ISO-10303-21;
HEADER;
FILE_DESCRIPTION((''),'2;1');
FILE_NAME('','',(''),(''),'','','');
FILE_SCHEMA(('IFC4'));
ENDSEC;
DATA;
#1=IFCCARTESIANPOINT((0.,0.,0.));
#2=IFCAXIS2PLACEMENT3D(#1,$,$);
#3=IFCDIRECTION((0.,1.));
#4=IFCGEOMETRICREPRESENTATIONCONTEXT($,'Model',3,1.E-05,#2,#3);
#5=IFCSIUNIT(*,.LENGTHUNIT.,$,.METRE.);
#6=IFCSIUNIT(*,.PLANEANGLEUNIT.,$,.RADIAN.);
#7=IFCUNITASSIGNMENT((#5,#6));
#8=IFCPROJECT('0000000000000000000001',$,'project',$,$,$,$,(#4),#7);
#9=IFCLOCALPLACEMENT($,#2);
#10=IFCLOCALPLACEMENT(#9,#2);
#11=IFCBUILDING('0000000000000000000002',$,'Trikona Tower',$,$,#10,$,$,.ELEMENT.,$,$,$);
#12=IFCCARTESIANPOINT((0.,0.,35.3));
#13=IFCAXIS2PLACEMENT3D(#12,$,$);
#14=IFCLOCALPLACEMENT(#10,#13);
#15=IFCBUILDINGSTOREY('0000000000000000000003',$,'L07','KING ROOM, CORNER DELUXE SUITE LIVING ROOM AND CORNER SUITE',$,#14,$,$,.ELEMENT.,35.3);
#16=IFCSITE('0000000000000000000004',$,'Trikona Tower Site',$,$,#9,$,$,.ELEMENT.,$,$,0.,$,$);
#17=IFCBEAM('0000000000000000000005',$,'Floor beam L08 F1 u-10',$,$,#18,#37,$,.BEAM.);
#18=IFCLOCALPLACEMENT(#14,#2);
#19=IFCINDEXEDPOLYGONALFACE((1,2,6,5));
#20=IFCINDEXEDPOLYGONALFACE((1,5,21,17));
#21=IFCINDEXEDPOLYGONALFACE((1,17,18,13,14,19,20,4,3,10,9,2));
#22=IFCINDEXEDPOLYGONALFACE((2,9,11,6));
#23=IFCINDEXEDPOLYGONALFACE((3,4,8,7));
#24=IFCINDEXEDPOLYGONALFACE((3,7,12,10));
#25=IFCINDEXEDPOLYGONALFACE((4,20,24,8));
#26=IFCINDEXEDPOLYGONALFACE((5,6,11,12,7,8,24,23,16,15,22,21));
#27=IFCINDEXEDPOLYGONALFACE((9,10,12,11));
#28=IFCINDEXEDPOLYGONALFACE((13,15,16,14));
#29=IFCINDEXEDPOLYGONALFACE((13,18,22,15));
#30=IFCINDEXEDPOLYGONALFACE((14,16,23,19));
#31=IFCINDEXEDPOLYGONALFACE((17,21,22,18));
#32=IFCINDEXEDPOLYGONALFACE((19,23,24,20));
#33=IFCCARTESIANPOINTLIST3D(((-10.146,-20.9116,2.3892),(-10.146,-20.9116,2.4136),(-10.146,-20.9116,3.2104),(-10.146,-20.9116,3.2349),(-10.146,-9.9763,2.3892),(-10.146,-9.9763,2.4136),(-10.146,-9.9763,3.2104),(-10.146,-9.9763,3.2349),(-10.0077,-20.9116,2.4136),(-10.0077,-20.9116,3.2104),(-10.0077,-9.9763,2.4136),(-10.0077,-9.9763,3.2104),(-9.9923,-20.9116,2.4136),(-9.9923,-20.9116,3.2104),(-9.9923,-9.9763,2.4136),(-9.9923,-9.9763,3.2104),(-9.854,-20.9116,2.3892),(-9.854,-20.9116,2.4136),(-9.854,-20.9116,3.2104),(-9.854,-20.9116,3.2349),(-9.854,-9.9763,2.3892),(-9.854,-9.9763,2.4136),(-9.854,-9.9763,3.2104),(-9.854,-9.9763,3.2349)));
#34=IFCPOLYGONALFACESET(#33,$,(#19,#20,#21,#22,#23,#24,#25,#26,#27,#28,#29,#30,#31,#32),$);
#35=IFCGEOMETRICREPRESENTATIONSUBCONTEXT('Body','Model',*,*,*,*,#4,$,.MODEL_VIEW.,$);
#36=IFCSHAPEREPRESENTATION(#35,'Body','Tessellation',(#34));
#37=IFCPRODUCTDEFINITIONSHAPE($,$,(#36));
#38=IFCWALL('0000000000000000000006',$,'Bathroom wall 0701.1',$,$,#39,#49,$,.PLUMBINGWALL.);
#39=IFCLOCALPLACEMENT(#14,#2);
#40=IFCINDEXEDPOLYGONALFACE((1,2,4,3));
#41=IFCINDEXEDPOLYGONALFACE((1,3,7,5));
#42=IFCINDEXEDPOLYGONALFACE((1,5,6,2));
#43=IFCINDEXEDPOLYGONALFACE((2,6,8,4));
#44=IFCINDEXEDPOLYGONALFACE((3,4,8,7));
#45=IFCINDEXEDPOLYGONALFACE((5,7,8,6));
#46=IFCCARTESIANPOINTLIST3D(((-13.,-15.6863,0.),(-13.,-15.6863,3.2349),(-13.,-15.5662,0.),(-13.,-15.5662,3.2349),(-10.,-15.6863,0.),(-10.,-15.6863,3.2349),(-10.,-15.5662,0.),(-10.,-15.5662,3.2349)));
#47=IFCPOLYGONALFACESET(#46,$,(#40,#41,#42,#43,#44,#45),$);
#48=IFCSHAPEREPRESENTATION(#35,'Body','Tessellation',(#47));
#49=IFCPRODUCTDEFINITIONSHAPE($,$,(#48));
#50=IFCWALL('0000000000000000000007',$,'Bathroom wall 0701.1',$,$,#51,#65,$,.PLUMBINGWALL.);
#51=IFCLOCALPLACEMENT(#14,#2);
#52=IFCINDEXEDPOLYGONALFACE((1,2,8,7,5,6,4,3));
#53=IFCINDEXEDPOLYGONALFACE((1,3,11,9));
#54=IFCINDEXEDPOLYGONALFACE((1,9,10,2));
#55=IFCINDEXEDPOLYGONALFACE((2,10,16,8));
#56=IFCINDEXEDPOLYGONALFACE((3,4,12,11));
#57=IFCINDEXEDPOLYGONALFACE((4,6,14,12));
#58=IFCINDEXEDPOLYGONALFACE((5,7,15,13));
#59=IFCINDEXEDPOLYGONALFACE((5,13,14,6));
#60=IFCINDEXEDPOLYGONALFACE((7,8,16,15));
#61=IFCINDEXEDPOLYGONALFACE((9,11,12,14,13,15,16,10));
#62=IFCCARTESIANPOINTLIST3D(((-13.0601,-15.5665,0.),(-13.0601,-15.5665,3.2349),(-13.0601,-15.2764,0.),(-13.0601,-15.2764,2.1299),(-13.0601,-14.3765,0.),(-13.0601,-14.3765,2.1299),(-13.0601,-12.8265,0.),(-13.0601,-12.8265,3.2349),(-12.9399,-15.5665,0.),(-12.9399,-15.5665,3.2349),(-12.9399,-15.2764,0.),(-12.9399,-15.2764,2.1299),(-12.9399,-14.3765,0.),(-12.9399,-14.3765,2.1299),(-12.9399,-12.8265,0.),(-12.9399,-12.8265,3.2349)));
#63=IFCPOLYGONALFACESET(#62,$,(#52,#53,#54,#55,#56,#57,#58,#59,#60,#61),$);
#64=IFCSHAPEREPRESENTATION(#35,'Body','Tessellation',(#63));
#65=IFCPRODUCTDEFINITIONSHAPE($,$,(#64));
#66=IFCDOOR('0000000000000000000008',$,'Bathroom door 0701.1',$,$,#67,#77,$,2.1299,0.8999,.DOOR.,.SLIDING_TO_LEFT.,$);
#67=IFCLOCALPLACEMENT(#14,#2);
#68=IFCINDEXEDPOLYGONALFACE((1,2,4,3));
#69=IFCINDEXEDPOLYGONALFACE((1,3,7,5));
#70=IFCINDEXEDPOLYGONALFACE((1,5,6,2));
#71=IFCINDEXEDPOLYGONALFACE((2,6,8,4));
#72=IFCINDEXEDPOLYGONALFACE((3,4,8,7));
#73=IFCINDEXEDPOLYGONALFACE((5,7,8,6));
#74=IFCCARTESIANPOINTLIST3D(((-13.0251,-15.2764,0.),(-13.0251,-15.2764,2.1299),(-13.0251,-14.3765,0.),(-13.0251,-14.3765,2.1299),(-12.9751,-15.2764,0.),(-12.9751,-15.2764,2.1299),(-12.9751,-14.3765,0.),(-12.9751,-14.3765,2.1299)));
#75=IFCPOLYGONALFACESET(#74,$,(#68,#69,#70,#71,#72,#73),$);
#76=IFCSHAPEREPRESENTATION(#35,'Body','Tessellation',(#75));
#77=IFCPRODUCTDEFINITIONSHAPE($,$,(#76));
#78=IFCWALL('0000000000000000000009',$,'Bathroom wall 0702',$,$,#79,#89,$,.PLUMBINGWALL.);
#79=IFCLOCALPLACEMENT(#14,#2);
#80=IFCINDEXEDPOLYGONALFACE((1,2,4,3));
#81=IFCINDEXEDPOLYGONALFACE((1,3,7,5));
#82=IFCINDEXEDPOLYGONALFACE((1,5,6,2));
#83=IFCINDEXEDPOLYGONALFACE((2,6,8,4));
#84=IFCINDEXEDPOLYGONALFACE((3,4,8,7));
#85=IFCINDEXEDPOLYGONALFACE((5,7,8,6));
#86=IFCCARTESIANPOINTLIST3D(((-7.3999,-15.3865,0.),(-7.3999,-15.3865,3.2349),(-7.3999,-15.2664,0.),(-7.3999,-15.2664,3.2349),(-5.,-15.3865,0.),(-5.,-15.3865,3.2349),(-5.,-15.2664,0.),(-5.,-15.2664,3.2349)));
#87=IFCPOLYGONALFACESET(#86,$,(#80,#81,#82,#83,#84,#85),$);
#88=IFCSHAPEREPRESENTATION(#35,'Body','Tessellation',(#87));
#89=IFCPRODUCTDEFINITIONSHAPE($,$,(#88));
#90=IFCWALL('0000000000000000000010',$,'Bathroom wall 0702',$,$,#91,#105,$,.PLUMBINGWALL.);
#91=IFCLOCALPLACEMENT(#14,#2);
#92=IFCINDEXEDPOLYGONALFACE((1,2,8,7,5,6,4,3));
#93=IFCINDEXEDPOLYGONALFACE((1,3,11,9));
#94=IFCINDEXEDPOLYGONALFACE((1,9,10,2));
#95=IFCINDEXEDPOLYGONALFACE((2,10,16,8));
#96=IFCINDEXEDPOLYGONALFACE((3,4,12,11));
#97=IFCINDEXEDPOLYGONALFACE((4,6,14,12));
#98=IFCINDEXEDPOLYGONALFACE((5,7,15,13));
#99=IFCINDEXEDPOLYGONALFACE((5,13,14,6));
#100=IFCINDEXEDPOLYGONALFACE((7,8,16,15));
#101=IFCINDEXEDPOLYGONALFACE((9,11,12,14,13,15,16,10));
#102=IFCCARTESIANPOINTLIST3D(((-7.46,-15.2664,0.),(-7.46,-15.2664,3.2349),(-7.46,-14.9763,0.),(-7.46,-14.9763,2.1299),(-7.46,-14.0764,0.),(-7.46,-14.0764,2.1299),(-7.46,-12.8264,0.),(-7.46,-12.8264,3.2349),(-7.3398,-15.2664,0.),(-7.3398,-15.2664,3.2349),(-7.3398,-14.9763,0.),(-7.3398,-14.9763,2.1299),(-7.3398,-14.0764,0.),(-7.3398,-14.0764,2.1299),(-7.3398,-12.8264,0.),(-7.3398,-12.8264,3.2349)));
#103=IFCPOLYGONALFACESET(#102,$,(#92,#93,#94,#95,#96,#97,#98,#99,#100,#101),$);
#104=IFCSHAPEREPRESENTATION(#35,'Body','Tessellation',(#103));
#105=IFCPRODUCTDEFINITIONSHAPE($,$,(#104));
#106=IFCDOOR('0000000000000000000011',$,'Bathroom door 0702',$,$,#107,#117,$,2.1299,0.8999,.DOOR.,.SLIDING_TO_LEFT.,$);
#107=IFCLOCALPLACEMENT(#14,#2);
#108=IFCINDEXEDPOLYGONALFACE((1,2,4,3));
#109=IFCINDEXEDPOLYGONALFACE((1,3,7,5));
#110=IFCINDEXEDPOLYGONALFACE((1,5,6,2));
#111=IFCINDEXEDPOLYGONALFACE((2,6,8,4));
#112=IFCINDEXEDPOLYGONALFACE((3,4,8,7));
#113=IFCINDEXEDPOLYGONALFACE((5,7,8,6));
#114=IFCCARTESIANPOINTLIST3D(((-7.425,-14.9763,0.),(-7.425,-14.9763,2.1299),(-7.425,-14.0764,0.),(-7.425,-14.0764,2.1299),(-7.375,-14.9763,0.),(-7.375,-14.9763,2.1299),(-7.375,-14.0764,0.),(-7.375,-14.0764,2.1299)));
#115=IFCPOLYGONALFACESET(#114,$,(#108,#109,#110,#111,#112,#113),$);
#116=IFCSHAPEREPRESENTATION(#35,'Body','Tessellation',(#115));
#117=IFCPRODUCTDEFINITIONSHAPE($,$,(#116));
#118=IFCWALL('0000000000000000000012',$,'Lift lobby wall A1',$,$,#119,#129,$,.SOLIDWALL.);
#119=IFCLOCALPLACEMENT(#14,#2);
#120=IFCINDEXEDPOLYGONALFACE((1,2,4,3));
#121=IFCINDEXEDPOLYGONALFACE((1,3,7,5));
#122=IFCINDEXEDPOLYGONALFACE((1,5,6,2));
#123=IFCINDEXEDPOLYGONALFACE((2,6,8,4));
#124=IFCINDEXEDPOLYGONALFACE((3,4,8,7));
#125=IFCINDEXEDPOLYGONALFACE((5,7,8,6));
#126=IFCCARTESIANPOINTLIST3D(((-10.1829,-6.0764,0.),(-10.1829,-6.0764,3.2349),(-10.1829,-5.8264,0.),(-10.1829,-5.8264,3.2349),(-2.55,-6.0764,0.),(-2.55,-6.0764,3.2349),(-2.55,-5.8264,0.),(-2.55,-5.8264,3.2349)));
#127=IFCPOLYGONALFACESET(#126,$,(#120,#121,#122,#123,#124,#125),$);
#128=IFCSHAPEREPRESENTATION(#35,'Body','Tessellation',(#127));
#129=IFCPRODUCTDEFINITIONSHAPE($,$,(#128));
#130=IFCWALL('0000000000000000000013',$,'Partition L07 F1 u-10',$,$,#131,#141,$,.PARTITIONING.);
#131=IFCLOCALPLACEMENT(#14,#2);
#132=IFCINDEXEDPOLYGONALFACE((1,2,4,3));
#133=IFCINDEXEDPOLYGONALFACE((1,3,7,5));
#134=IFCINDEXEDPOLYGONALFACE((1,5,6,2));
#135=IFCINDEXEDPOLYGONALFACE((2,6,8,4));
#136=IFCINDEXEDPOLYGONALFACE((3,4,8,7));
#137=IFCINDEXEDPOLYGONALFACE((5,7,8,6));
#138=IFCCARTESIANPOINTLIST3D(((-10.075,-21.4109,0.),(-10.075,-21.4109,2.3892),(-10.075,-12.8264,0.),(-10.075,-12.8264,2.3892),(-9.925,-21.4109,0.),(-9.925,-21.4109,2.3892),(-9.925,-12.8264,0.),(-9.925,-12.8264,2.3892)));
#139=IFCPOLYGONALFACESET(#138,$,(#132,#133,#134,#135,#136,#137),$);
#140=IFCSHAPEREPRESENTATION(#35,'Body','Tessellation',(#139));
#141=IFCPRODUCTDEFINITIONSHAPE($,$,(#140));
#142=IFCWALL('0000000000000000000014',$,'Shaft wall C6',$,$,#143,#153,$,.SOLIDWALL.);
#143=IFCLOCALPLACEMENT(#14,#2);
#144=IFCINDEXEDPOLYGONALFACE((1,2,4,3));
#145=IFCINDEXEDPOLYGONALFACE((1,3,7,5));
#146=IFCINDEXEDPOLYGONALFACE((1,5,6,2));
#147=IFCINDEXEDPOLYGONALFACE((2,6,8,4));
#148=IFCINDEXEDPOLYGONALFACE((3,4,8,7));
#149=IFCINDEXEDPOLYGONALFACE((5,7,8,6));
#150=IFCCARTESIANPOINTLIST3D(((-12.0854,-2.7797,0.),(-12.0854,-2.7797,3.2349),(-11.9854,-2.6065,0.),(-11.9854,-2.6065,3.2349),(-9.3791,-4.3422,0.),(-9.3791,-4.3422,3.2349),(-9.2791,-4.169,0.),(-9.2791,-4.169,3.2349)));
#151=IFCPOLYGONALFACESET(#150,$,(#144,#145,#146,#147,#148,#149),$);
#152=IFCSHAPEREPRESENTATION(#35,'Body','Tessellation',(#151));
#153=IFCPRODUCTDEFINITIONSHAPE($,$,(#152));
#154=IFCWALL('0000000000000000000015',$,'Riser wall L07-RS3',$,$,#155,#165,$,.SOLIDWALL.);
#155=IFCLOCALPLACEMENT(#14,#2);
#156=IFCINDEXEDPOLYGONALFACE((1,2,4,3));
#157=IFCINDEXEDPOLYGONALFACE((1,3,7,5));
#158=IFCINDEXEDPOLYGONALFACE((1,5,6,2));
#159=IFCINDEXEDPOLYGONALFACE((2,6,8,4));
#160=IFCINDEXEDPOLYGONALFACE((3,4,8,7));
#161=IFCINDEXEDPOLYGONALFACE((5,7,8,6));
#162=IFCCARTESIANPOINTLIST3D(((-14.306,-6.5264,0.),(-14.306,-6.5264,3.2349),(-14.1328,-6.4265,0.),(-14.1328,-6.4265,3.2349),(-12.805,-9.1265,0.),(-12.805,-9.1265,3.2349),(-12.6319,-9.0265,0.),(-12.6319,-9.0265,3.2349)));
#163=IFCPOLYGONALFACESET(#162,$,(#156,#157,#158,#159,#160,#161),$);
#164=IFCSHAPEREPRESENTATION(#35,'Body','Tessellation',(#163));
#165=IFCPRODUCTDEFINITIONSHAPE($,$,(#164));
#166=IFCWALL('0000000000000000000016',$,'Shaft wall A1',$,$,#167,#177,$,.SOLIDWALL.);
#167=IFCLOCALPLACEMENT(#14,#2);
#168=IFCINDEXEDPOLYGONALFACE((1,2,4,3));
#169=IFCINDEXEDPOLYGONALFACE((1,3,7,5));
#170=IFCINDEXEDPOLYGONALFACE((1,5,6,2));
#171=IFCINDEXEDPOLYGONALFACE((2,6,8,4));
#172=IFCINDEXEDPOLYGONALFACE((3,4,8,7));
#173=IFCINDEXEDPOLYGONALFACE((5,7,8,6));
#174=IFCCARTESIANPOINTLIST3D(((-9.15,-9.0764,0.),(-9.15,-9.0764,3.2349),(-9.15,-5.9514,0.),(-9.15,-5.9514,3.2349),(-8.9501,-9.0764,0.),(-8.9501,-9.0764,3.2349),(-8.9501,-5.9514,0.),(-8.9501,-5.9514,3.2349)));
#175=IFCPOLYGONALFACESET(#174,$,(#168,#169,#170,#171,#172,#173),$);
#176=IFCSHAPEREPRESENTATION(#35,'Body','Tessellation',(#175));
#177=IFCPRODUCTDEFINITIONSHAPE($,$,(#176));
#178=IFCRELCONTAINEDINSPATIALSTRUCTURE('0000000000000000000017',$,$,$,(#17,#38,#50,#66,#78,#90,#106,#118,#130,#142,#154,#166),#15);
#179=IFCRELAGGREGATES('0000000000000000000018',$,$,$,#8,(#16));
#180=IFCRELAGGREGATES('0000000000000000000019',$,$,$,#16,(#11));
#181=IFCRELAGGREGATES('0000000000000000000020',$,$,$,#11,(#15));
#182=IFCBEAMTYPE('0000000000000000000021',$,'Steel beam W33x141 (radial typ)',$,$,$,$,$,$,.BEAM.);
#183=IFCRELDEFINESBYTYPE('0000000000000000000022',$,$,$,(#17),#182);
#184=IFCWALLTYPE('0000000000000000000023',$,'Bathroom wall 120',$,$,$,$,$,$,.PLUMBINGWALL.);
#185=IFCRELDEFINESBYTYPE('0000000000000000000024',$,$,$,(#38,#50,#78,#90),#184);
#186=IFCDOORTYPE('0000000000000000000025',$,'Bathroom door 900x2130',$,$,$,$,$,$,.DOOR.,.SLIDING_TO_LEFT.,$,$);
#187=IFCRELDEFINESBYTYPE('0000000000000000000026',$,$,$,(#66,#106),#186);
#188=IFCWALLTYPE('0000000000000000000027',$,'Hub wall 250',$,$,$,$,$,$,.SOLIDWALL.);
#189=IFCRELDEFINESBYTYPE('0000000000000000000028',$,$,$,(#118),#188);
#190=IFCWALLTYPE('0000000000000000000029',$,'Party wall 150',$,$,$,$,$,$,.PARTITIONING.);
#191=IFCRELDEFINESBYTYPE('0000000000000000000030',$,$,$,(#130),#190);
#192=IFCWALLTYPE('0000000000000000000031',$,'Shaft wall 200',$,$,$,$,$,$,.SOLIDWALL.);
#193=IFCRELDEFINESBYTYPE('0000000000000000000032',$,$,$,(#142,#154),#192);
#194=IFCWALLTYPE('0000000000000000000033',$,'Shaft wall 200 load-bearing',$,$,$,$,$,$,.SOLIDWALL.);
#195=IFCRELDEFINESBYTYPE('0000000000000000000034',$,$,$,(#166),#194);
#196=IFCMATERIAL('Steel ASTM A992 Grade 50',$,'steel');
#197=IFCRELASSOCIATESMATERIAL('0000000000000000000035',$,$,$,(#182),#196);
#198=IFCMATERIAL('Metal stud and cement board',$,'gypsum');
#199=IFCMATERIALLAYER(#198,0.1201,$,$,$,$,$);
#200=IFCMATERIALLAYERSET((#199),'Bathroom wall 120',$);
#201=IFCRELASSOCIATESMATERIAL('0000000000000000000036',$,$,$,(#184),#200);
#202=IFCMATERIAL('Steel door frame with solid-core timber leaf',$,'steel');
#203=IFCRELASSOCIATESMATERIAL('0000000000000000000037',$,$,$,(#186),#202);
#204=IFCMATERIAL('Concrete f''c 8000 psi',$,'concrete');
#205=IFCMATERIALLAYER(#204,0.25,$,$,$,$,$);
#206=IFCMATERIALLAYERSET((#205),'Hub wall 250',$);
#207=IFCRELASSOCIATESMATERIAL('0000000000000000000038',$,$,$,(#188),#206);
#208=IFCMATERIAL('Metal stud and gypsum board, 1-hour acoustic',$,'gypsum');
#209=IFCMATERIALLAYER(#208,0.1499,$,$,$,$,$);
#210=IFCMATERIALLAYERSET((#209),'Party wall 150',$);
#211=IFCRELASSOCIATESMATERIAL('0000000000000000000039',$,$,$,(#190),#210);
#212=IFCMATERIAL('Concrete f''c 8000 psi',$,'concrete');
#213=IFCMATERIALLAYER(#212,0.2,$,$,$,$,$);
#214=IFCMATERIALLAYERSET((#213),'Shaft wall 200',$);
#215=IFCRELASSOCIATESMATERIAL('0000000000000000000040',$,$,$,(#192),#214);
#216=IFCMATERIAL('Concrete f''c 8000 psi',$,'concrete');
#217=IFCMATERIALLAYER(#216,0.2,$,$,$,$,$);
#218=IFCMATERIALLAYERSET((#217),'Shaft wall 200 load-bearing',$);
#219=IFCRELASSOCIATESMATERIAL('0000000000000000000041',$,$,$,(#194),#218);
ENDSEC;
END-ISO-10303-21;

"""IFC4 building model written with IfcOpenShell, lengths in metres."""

from ifc_helpers import new_model, si_unit, direction, frame, frame_2d, origin, origin_2d, place, context, subcontext, project, spatial, rectangle, i_section, extrude, material, layer, layer_set, material_profile, profile_set, type_object, element, fill, save


model = new_model("IFC4")

# Units and contexts
model_context = context("Model", 3, precision=1e-05, world=origin(), true_north=direction((0.0, 1.0)))
body_context = subcontext(model_context, "Body", "Model", "MODEL_VIEW")
ifc_project = project(units=[si_unit("LENGTHUNIT", "METRE"), si_unit("PLANEANGLEUNIT", "RADIAN")], contexts=[model_context])

# Site, building, storey
site_placement = place(None, origin())
site = spatial("IfcSite", under=ifc_project, at=site_placement, Name="Trikona Tower Site", CompositionType="ELEMENT", RefElevation=0.0)
building_placement = place(site_placement, origin())
building = spatial("IfcBuilding", under=site, at=building_placement, Name="Trikona Tower", CompositionType="ELEMENT")
storey_placement = place(building_placement, frame((0.0, 0.0, 35.3)))
storey = spatial("IfcBuildingStorey", under=building, at=storey_placement, Name="L07", Description="KING ROOM, CORNER DELUXE SUITE LIVING ROOM AND CORNER SUITE", CompositionType="ELEMENT", Elevation=35.3)

# Beam
ifc_material_1 = material(Name="Steel ASTM A992 Grade 50", Category="steel")
ifc_material_profile = material_profile(ifc_material_1, i_section(OverallWidth=0.292, OverallDepth=0.8457, WebThickness=0.0154, FlangeThickness=0.0244, at=origin_2d()), Name="W33X141")
ifc_profile_set = profile_set([ifc_material_profile], Name="Steel ASTM A992 Grade 50")
beam_type = type_object("IfcBeamType", Name="Steel beam W33x141 (radial typ)", PredefinedType="BEAM", material=ifc_profile_set)
beam_placement = place(storey_placement, frame((-10.0, -9.9763, 2.812), z_axis=(0.0, -1.0, 0.0), x_axis=(1.0, 0.0, 0.0)))
element("IfcBeam", 1, at=beam_placement, inside=storey, type_object=beam_type, Name="Floor beam L08 F1 u-10", PredefinedType="BEAM", context=body_context, shape_type="SweptSolid", body=[
    extrude(i_section(OverallWidth=0.292, OverallDepth=0.8457, WebThickness=0.0154, FlangeThickness=0.0244, at=origin_2d()), origin(), (0.0, 0.0, 1.0), 10.9353),
])

# Wall
ifc_material_2 = material(Name="Metal stud and cement board", Category="gypsum")
ifc_layer_1 = layer(ifc_material_2, 0.1201)
ifc_layer_set_1 = layer_set([ifc_layer_1], Name="Bathroom wall 120")
wall_type_1 = type_object("IfcWallType", Name="Bathroom wall 120", PredefinedType="PLUMBINGWALL", material=ifc_layer_set_1)
wall_1_placement = place(storey_placement, frame((-13.0, -15.6262, 0.0), z_axis=(0.0, 0.0, 1.0), x_axis=(1.0, 0.0, 0.0)))
element("IfcWall", 2, at=wall_1_placement, inside=storey, type_object=wall_type_1, Name="Bathroom wall 0701.1", PredefinedType="PLUMBINGWALL", context=body_context, shape_type="SweptSolid", body=[
    extrude(rectangle(XDim=3.0, YDim=0.1201, at=frame_2d((1.5, 0.0))), origin(), (0.0, 0.0, 1.0), 3.2349),
])

# Wall, opening, door
wall_2_placement = place(storey_placement, frame((-13.0, -12.8264, 0.0), z_axis=(0.0, 0.0, 1.0), x_axis=(0.0, -1.0, 0.0)))
wall_2 = element("IfcWall", 3, at=wall_2_placement, inside=storey, type_object=wall_type_1, Name="Bathroom wall 0701.1", PredefinedType="PLUMBINGWALL", context=body_context, shape_type="SweptSolid", body=[
    extrude(rectangle(XDim=2.74, YDim=0.1201, at=frame_2d((1.3701, 0.0))), origin(), (0.0, 0.0, 1.0), 3.2349),
])
opening_1_placement = place(wall_2_placement, frame((1.55, 0.0, 0.0)))
opening_1 = element("IfcOpeningElement", 4, at=opening_1_placement, cuts=wall_2, PredefinedType="OPENING", context=body_context, shape_type="SweptSolid", body=[
    extrude(rectangle(XDim=0.8999, YDim=2.1299, at=frame_2d((0.45, 1.0649))), frame((0.0, 0.0701, 0.0), z_axis=(0.0, -1.0, 0.0), x_axis=(1.0, 0.0, 0.0)), (0.0, 0.0, 1.0), 0.1401),
])
ifc_material_3 = material(Name="Steel door frame with solid-core timber leaf", Category="steel")
door_type_1 = type_object("IfcDoorType", Name="Bathroom door 900x2130", OperationType="SLIDING_TO_LEFT", PredefinedType="DOOR", material=ifc_material_3)
door_1_placement = place(opening_1_placement, origin())
door_1 = element("IfcDoor", 5, at=door_1_placement, inside=storey, type_object=door_type_1, Name="Bathroom door 0701.1", OperationType="SLIDING_TO_LEFT", OverallHeight=2.1299, OverallWidth=0.8999, PredefinedType="DOOR", context=body_context, shape_type="SweptSolid", body=[
    extrude(rectangle(XDim=0.8999, YDim=2.1299, at=frame_2d((0.45, 1.0649))), frame((0.0, 0.0249, 0.0), z_axis=(0.0, -1.0, 0.0), x_axis=(1.0, 0.0, 0.0)), (0.0, 0.0, 1.0), 0.05),
])
fill(opening_1, door_1)

# Wall
wall_3_placement = place(storey_placement, frame((-7.3999, -15.3264, 0.0), z_axis=(0.0, 0.0, 1.0), x_axis=(1.0, 0.0, 0.0)))
element("IfcWall", 6, at=wall_3_placement, inside=storey, type_object=wall_type_1, Name="Bathroom wall 0702", PredefinedType="PLUMBINGWALL", context=body_context, shape_type="SweptSolid", body=[
    extrude(rectangle(XDim=2.3999, YDim=0.1201, at=frame_2d((1.2, 0.0))), origin(), (0.0, 0.0, 1.0), 3.2349),
])

# Wall, opening, door
wall_4_placement = place(storey_placement, frame((-7.3999, -12.8264, 0.0), z_axis=(0.0, 0.0, 1.0), x_axis=(0.0, -1.0, 0.0)))
wall_4 = element("IfcWall", 7, at=wall_4_placement, inside=storey, type_object=wall_type_1, Name="Bathroom wall 0702", PredefinedType="PLUMBINGWALL", context=body_context, shape_type="SweptSolid", body=[
    extrude(rectangle(XDim=2.4399, YDim=0.1201, at=frame_2d((1.22, 0.0))), origin(), (0.0, 0.0, 1.0), 3.2349),
])
opening_2_placement = place(wall_4_placement, frame((1.25, 0.0, 0.0)))
opening_2 = element("IfcOpeningElement", 8, at=opening_2_placement, cuts=wall_4, PredefinedType="OPENING", context=body_context, shape_type="SweptSolid", body=[
    extrude(rectangle(XDim=0.8999, YDim=2.1299, at=frame_2d((0.45, 1.0649))), frame((0.0, 0.0701, 0.0), z_axis=(0.0, -1.0, 0.0), x_axis=(1.0, 0.0, 0.0)), (0.0, 0.0, 1.0), 0.1401),
])
door_2_placement = place(opening_2_placement, origin())
door_2 = element("IfcDoor", 9, at=door_2_placement, inside=storey, type_object=door_type_1, Name="Bathroom door 0702", OperationType="SLIDING_TO_LEFT", OverallHeight=2.1299, OverallWidth=0.8999, PredefinedType="DOOR", context=body_context, shape_type="SweptSolid", body=[
    extrude(rectangle(XDim=0.8999, YDim=2.1299, at=frame_2d((0.45, 1.0649))), frame((0.0, 0.0249, 0.0), z_axis=(0.0, -1.0, 0.0), x_axis=(1.0, 0.0, 0.0)), (0.0, 0.0, 1.0), 0.05),
])
fill(opening_2, door_2)

# Walls
ifc_material_4 = material(Name="Concrete f'c 8000 psi", Category="concrete")
ifc_layer_2 = layer(ifc_material_4, 0.25)
ifc_layer_set_2 = layer_set([ifc_layer_2], Name="Hub wall 250")
wall_type_2 = type_object("IfcWallType", Name="Hub wall 250", PredefinedType="SOLIDWALL", material=ifc_layer_set_2)
wall_5_placement = place(storey_placement, frame((-10.1829, -5.9514, 0.0), z_axis=(0.0, 0.0, 1.0), x_axis=(1.0, 0.0, 0.0)))
element("IfcWall", 10, at=wall_5_placement, inside=storey, type_object=wall_type_2, Name="Lift lobby wall A1", PredefinedType="SOLIDWALL", context=body_context, shape_type="SweptSolid", body=[
    extrude(rectangle(XDim=7.6328, YDim=0.25, at=frame_2d((3.8164, 0.0))), origin(), (0.0, 0.0, 1.0), 3.2349),
])
ifc_material_5 = material(Name="Metal stud and gypsum board, 1-hour acoustic", Category="gypsum")
ifc_layer_3 = layer(ifc_material_5, 0.1499)
ifc_layer_set_3 = layer_set([ifc_layer_3], Name="Party wall 150")
wall_type_3 = type_object("IfcWallType", Name="Party wall 150", PredefinedType="PARTITIONING", material=ifc_layer_set_3)
wall_6_placement = place(storey_placement, frame((-10.0, -12.8264, 0.0), z_axis=(0.0, 0.0, 1.0), x_axis=(0.0, -1.0, 0.0)))
element("IfcWall", 11, at=wall_6_placement, inside=storey, type_object=wall_type_3, Name="Partition L07 F1 u-10", PredefinedType="PARTITIONING", context=body_context, shape_type="SweptSolid", body=[
    extrude(rectangle(XDim=8.5845, YDim=0.1499, at=frame_2d((4.2922, 0.0))), origin(), (0.0, 0.0, 1.0), 2.3892),
])
ifc_material_6 = material(Name="Concrete f'c 8000 psi", Category="concrete")
ifc_layer_4 = layer(ifc_material_6, 0.2)
ifc_layer_set_4 = layer_set([ifc_layer_4], Name="Shaft wall 200")
wall_type_4 = type_object("IfcWallType", Name="Shaft wall 200", PredefinedType="SOLIDWALL", material=ifc_layer_set_4)
wall_7_placement = place(storey_placement, frame((-9.3291, -4.2556, 0.0), z_axis=(0.0, 0.0, 1.0), x_axis=(-0.866023, 0.500004, 0.0)))
element("IfcWall", 12, at=wall_7_placement, inside=storey, type_object=wall_type_4, Name="Shaft wall C6", PredefinedType="SOLIDWALL", context=body_context, shape_type="SweptSolid", body=[
    extrude(rectangle(XDim=3.125, YDim=0.2, at=frame_2d((1.5625, 0.0))), origin(), (0.0, 0.0, 1.0), 3.2349),
])
wall_8_placement = place(storey_placement, frame((-12.7185, -9.0764, 0.0), z_axis=(0.0, 0.0, 1.0), x_axis=(-0.499952, 0.866053, 0.0)))
element("IfcWall", 13, at=wall_8_placement, inside=storey, type_object=wall_type_4, Name="Riser wall L07-RS3", PredefinedType="SOLIDWALL", context=body_context, shape_type="SweptSolid", body=[
    extrude(rectangle(XDim=3.0022, YDim=0.2, at=frame_2d((1.501, 0.0))), origin(), (0.0, 0.0, 1.0), 3.2349),
])
ifc_material_7 = material(Name="Concrete f'c 8000 psi", Category="concrete")
ifc_layer_5 = layer(ifc_material_7, 0.2)
ifc_layer_set_5 = layer_set([ifc_layer_5], Name="Shaft wall 200 load-bearing")
wall_type_5 = type_object("IfcWallType", Name="Shaft wall 200 load-bearing", PredefinedType="SOLIDWALL", material=ifc_layer_set_5)
wall_9_placement = place(storey_placement, frame((-9.05, -5.9514, 0.0), z_axis=(0.0, 0.0, 1.0), x_axis=(0.0, -1.0, 0.0)))
element("IfcWall", 14, at=wall_9_placement, inside=storey, type_object=wall_type_5, Name="Shaft wall A1", PredefinedType="SOLIDWALL", context=body_context, shape_type="SweptSolid", body=[
    extrude(rectangle(XDim=3.125, YDim=0.2, at=frame_2d((1.5625, 0.0))), origin(), (0.0, 0.0, 1.0), 3.2349),
])

save(model, "model.ifc")
